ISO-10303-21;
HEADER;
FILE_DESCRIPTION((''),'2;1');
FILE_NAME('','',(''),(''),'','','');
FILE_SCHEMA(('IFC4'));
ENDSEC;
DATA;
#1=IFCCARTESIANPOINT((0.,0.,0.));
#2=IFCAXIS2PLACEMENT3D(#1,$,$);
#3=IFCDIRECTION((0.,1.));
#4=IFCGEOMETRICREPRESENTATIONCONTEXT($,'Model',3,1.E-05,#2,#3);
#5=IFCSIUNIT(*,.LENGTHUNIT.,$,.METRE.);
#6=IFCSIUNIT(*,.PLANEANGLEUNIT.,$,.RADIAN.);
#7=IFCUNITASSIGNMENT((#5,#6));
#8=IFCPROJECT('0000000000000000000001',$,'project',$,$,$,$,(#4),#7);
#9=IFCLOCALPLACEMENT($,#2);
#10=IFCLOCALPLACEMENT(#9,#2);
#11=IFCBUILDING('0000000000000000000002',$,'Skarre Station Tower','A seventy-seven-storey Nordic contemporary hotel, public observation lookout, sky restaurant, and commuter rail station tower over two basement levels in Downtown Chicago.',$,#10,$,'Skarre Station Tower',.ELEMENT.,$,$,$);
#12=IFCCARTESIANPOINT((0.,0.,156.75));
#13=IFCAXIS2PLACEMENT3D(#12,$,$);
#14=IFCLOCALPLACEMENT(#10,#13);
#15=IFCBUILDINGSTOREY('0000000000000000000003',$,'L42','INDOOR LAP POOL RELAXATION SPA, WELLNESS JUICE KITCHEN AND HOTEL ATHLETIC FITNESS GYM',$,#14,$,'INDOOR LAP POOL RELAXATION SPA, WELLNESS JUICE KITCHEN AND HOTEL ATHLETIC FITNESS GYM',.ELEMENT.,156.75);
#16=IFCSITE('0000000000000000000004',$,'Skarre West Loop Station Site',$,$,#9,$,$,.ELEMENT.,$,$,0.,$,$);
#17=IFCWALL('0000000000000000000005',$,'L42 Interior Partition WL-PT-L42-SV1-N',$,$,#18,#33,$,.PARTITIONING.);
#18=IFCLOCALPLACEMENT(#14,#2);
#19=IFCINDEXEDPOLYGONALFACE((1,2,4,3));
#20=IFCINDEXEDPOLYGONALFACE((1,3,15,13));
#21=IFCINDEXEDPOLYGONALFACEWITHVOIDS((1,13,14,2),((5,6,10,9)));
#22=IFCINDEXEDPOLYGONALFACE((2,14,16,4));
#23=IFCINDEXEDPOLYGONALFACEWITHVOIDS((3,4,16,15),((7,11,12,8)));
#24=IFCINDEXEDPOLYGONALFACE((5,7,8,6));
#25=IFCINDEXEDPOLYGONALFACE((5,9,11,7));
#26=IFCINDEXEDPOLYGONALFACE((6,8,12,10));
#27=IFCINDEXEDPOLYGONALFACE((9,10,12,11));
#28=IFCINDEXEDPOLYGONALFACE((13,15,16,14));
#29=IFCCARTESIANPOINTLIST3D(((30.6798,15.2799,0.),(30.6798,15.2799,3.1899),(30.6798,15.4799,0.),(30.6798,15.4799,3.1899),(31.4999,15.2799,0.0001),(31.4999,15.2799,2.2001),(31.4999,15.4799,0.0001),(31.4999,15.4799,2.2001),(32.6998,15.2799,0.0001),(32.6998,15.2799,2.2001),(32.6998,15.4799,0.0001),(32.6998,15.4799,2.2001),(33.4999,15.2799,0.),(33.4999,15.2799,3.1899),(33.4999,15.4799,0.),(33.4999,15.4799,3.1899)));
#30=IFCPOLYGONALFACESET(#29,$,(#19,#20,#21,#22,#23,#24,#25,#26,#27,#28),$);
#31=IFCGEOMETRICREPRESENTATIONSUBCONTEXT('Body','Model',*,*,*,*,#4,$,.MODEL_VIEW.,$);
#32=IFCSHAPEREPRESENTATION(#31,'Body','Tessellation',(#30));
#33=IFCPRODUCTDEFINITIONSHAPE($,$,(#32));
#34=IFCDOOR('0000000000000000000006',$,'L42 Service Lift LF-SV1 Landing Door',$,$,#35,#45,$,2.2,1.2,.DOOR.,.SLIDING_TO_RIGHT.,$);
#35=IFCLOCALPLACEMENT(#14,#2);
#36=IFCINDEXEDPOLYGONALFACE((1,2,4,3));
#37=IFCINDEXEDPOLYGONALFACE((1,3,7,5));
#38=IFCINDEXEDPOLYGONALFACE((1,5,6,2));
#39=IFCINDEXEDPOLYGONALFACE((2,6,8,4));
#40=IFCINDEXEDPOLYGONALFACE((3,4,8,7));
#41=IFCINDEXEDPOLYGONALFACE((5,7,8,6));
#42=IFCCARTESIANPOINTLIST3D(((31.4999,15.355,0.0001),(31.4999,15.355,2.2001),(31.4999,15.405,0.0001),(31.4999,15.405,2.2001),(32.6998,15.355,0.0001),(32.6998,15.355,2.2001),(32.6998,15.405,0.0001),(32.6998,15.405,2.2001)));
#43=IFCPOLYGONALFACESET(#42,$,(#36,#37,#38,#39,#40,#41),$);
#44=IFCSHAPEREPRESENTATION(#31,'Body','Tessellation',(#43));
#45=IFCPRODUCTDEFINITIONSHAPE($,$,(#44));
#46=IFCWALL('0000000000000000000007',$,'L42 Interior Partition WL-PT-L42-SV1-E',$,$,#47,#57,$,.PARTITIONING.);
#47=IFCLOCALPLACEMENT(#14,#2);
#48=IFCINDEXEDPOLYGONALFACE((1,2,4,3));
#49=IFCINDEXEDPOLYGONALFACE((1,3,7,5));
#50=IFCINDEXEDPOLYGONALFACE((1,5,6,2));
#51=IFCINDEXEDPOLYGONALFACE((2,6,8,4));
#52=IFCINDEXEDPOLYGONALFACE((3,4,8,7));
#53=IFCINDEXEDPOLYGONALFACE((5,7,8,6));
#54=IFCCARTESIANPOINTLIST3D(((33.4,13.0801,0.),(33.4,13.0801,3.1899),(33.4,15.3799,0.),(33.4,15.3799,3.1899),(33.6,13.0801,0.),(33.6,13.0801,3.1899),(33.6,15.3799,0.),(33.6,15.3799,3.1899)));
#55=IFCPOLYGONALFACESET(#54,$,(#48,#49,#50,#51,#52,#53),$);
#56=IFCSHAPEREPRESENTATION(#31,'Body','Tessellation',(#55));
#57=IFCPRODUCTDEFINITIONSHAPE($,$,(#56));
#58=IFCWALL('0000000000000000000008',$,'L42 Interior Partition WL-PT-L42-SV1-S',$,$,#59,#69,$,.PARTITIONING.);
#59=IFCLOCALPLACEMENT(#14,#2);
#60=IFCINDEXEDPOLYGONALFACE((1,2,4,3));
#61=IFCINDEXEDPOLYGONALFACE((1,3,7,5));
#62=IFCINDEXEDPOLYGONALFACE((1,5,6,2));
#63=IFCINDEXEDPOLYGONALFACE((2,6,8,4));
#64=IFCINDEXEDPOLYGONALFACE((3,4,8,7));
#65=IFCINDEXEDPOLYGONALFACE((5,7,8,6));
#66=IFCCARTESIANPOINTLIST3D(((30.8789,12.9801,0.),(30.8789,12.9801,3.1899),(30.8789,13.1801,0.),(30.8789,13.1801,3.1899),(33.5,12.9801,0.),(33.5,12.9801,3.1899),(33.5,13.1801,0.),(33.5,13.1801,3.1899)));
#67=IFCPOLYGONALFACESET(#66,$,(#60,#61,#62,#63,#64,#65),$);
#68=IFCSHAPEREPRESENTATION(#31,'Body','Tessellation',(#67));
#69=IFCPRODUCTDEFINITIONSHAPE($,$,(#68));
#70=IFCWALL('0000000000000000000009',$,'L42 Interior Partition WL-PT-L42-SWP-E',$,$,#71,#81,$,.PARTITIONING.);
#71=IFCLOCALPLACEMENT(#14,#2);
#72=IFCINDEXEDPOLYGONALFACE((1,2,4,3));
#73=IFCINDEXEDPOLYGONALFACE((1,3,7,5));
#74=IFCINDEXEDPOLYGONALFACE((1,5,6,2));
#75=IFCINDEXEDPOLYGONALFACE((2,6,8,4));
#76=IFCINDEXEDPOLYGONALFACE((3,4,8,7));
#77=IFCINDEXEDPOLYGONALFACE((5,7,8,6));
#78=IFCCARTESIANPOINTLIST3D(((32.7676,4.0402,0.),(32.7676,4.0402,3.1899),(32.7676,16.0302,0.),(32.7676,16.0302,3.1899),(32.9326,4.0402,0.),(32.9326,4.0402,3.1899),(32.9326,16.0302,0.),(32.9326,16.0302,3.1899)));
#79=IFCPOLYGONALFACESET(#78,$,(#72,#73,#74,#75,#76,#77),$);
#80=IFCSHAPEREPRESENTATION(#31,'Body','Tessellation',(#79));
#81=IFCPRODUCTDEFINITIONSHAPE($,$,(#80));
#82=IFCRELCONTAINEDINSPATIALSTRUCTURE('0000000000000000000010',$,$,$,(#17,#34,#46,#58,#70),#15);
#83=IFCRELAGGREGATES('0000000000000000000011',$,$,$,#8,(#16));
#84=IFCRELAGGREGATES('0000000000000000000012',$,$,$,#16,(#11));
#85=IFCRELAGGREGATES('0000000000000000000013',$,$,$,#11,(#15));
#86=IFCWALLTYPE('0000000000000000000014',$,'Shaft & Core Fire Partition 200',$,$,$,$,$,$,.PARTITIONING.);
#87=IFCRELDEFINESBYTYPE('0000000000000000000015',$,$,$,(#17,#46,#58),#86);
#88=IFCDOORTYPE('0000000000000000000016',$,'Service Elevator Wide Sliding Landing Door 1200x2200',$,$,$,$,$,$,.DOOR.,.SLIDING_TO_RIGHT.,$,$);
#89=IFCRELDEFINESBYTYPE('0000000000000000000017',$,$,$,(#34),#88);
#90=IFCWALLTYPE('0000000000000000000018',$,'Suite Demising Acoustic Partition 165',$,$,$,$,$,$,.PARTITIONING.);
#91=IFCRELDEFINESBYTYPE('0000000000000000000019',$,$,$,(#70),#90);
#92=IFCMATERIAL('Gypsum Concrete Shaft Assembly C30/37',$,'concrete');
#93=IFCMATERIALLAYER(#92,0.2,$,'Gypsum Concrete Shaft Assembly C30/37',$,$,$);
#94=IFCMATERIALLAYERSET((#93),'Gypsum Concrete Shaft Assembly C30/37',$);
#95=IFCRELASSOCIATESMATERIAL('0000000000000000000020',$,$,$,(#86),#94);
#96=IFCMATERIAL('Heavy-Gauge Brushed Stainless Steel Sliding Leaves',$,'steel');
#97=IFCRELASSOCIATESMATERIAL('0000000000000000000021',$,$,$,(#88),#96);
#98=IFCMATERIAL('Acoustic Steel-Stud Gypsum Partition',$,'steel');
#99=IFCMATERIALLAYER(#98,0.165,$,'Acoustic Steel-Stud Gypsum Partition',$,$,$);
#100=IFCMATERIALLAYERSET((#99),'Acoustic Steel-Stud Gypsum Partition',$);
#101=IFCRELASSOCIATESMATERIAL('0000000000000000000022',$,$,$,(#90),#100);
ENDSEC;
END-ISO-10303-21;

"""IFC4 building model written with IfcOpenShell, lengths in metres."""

from ifc_helpers import new_model, si_unit, direction, frame, frame_2d, origin, place, context, subcontext, project, spatial, rectangle, extrude, material, layer, layer_set, type_object, element, fill, save


model = new_model("IFC4")

# Units and contexts
model_context = context("Model", 3, precision=1e-05, world=origin(), true_north=direction((0.0, 1.0)))
body_context = subcontext(model_context, "Body", "Model", "MODEL_VIEW")
ifc_project = project(units=[si_unit("LENGTHUNIT", "METRE"), si_unit("PLANEANGLEUNIT", "RADIAN")], contexts=[model_context])

# Site, building, storey
site_placement = place(None, origin())
site = spatial("IfcSite", under=ifc_project, at=site_placement, Name="Skarre West Loop Station Site", CompositionType="ELEMENT", RefElevation=0.0)
building_placement = place(site_placement, origin())
building = spatial("IfcBuilding", under=site, at=building_placement, Name="Skarre Station Tower", Description="A seventy-seven-storey Nordic contemporary hotel, public observation lookout, sky restaurant, and commuter rail station tower over two basement levels in Downtown Chicago.", LongName="Skarre Station Tower", CompositionType="ELEMENT")
storey_placement = place(building_placement, frame((0.0, 0.0, 156.75)))
storey = spatial("IfcBuildingStorey", under=building, at=storey_placement, Name="L42", Description="INDOOR LAP POOL RELAXATION SPA, WELLNESS JUICE KITCHEN AND HOTEL ATHLETIC FITNESS GYM", LongName="INDOOR LAP POOL RELAXATION SPA, WELLNESS JUICE KITCHEN AND HOTEL ATHLETIC FITNESS GYM", CompositionType="ELEMENT", Elevation=156.75)

# Shared definitions
ifc_material_1 = material(Name="Acoustic Steel-Stud Gypsum Partition", Category="steel")

# Wall, opening, door
ifc_material_2 = material(Name="Gypsum Concrete Shaft Assembly C30/37", Category="concrete")
ifc_layer_1 = layer(ifc_material_2, 0.2, Name="Gypsum Concrete Shaft Assembly C30/37")
ifc_layer_set_1 = layer_set([ifc_layer_1], Name="Gypsum Concrete Shaft Assembly C30/37")
wall_type_1 = type_object("IfcWallType", Name="Shaft & Core Fire Partition 200", PredefinedType="PARTITIONING", material=ifc_layer_set_1)
wall_1_placement = place(storey_placement, frame((33.5, 15.3799, 0.0), z_axis=(0.0, 0.0, 1.0), x_axis=(-1.0, 0.0, 0.0)))
wall_1 = element("IfcWall", 1, at=wall_1_placement, inside=storey, type_object=wall_type_1, Name="L42 Interior Partition WL-PT-L42-SV1-N", PredefinedType="PARTITIONING", context=body_context, shape_type="SweptSolid", body=[
    extrude(rectangle(XDim=2.8201, YDim=0.2, at=frame_2d((1.4102, 0.0))), origin(), (0.0, 0.0, 1.0), 3.1899),
])
opening_1_placement = place(wall_1_placement, frame((0.8, 0.0, 0.0)))
opening_1 = element("IfcOpeningElement", 2, at=opening_1_placement, cuts=wall_1, PredefinedType="OPENING", context=body_context, shape_type="SweptSolid", body=[
    extrude(rectangle(XDim=1.2, YDim=2.2, at=frame_2d((0.6001, 1.1001))), frame((0.0, 0.1099, 0.0), z_axis=(0.0, -1.0, 0.0), x_axis=(1.0, 0.0, 0.0)), (0.0, 0.0, 1.0), 0.22),
])
ifc_material_3 = material(Name="Heavy-Gauge Brushed Stainless Steel Sliding Leaves", Category="steel")
door_type_1 = type_object("IfcDoorType", Name="Service Elevator Wide Sliding Landing Door 1200x2200", OperationType="SLIDING_TO_RIGHT", PredefinedType="DOOR", material=ifc_material_3)
door_1_placement = place(opening_1_placement, origin())
door_1 = element("IfcDoor", 3, at=door_1_placement, inside=storey, type_object=door_type_1, Name="L42 Service Lift LF-SV1 Landing Door", OperationType="SLIDING_TO_RIGHT", OverallHeight=2.2, OverallWidth=1.2, PredefinedType="DOOR", context=body_context, shape_type="SweptSolid", body=[
    extrude(rectangle(XDim=1.2, YDim=2.2, at=frame_2d((0.6001, 1.1001))), frame((0.0, 0.0249, 0.0), z_axis=(0.0, -1.0, 0.0), x_axis=(1.0, 0.0, 0.0)), (0.0, 0.0, 1.0), 0.05),
])
fill(opening_1, door_1)

# Walls
wall_2_placement = place(storey_placement, frame((33.5, 13.0801, 0.0), z_axis=(0.0, 0.0, 1.0), x_axis=(0.0, 1.0, 0.0)))
element("IfcWall", 4, at=wall_2_placement, inside=storey, type_object=wall_type_1, Name="L42 Interior Partition WL-PT-L42-SV1-E", PredefinedType="PARTITIONING", context=body_context, shape_type="SweptSolid", body=[
    extrude(rectangle(XDim=2.2998, YDim=0.2, at=frame_2d((1.1499, 0.0))), origin(), (0.0, 0.0, 1.0), 3.1899),
])
wall_3_placement = place(storey_placement, frame((30.8789, 13.0801, 0.0), z_axis=(0.0, 0.0, 1.0), x_axis=(1.0, 0.0, 0.0)))
element("IfcWall", 5, at=wall_3_placement, inside=storey, type_object=wall_type_1, Name="L42 Interior Partition WL-PT-L42-SV1-S", PredefinedType="PARTITIONING", context=body_context, shape_type="SweptSolid", body=[
    extrude(rectangle(XDim=2.6211, YDim=0.2, at=frame_2d((1.3105, 0.0))), origin(), (0.0, 0.0, 1.0), 3.1899),
])
ifc_layer_2 = layer(ifc_material_1, 0.165, Name="Acoustic Steel-Stud Gypsum Partition")
ifc_layer_set_2 = layer_set([ifc_layer_2], Name="Acoustic Steel-Stud Gypsum Partition")
wall_type_2 = type_object("IfcWallType", Name="Suite Demising Acoustic Partition 165", PredefinedType="PARTITIONING", material=ifc_layer_set_2)
wall_4_placement = place(storey_placement, frame((32.8501, 4.04, 0.0), z_axis=(0.0, 0.0, 1.0), x_axis=(0.0, 1.0, 0.0)))
element("IfcWall", 6, at=wall_4_placement, inside=storey, type_object=wall_type_2, Name="L42 Interior Partition WL-PT-L42-SWP-E", PredefinedType="PARTITIONING", context=body_context, shape_type="SweptSolid", body=[
    extrude(rectangle(XDim=11.99, YDim=0.165, at=frame_2d((5.9951, 0.0))), origin(), (0.0, 0.0, 1.0), 3.1899),
])

save(model, "model.ifc")
